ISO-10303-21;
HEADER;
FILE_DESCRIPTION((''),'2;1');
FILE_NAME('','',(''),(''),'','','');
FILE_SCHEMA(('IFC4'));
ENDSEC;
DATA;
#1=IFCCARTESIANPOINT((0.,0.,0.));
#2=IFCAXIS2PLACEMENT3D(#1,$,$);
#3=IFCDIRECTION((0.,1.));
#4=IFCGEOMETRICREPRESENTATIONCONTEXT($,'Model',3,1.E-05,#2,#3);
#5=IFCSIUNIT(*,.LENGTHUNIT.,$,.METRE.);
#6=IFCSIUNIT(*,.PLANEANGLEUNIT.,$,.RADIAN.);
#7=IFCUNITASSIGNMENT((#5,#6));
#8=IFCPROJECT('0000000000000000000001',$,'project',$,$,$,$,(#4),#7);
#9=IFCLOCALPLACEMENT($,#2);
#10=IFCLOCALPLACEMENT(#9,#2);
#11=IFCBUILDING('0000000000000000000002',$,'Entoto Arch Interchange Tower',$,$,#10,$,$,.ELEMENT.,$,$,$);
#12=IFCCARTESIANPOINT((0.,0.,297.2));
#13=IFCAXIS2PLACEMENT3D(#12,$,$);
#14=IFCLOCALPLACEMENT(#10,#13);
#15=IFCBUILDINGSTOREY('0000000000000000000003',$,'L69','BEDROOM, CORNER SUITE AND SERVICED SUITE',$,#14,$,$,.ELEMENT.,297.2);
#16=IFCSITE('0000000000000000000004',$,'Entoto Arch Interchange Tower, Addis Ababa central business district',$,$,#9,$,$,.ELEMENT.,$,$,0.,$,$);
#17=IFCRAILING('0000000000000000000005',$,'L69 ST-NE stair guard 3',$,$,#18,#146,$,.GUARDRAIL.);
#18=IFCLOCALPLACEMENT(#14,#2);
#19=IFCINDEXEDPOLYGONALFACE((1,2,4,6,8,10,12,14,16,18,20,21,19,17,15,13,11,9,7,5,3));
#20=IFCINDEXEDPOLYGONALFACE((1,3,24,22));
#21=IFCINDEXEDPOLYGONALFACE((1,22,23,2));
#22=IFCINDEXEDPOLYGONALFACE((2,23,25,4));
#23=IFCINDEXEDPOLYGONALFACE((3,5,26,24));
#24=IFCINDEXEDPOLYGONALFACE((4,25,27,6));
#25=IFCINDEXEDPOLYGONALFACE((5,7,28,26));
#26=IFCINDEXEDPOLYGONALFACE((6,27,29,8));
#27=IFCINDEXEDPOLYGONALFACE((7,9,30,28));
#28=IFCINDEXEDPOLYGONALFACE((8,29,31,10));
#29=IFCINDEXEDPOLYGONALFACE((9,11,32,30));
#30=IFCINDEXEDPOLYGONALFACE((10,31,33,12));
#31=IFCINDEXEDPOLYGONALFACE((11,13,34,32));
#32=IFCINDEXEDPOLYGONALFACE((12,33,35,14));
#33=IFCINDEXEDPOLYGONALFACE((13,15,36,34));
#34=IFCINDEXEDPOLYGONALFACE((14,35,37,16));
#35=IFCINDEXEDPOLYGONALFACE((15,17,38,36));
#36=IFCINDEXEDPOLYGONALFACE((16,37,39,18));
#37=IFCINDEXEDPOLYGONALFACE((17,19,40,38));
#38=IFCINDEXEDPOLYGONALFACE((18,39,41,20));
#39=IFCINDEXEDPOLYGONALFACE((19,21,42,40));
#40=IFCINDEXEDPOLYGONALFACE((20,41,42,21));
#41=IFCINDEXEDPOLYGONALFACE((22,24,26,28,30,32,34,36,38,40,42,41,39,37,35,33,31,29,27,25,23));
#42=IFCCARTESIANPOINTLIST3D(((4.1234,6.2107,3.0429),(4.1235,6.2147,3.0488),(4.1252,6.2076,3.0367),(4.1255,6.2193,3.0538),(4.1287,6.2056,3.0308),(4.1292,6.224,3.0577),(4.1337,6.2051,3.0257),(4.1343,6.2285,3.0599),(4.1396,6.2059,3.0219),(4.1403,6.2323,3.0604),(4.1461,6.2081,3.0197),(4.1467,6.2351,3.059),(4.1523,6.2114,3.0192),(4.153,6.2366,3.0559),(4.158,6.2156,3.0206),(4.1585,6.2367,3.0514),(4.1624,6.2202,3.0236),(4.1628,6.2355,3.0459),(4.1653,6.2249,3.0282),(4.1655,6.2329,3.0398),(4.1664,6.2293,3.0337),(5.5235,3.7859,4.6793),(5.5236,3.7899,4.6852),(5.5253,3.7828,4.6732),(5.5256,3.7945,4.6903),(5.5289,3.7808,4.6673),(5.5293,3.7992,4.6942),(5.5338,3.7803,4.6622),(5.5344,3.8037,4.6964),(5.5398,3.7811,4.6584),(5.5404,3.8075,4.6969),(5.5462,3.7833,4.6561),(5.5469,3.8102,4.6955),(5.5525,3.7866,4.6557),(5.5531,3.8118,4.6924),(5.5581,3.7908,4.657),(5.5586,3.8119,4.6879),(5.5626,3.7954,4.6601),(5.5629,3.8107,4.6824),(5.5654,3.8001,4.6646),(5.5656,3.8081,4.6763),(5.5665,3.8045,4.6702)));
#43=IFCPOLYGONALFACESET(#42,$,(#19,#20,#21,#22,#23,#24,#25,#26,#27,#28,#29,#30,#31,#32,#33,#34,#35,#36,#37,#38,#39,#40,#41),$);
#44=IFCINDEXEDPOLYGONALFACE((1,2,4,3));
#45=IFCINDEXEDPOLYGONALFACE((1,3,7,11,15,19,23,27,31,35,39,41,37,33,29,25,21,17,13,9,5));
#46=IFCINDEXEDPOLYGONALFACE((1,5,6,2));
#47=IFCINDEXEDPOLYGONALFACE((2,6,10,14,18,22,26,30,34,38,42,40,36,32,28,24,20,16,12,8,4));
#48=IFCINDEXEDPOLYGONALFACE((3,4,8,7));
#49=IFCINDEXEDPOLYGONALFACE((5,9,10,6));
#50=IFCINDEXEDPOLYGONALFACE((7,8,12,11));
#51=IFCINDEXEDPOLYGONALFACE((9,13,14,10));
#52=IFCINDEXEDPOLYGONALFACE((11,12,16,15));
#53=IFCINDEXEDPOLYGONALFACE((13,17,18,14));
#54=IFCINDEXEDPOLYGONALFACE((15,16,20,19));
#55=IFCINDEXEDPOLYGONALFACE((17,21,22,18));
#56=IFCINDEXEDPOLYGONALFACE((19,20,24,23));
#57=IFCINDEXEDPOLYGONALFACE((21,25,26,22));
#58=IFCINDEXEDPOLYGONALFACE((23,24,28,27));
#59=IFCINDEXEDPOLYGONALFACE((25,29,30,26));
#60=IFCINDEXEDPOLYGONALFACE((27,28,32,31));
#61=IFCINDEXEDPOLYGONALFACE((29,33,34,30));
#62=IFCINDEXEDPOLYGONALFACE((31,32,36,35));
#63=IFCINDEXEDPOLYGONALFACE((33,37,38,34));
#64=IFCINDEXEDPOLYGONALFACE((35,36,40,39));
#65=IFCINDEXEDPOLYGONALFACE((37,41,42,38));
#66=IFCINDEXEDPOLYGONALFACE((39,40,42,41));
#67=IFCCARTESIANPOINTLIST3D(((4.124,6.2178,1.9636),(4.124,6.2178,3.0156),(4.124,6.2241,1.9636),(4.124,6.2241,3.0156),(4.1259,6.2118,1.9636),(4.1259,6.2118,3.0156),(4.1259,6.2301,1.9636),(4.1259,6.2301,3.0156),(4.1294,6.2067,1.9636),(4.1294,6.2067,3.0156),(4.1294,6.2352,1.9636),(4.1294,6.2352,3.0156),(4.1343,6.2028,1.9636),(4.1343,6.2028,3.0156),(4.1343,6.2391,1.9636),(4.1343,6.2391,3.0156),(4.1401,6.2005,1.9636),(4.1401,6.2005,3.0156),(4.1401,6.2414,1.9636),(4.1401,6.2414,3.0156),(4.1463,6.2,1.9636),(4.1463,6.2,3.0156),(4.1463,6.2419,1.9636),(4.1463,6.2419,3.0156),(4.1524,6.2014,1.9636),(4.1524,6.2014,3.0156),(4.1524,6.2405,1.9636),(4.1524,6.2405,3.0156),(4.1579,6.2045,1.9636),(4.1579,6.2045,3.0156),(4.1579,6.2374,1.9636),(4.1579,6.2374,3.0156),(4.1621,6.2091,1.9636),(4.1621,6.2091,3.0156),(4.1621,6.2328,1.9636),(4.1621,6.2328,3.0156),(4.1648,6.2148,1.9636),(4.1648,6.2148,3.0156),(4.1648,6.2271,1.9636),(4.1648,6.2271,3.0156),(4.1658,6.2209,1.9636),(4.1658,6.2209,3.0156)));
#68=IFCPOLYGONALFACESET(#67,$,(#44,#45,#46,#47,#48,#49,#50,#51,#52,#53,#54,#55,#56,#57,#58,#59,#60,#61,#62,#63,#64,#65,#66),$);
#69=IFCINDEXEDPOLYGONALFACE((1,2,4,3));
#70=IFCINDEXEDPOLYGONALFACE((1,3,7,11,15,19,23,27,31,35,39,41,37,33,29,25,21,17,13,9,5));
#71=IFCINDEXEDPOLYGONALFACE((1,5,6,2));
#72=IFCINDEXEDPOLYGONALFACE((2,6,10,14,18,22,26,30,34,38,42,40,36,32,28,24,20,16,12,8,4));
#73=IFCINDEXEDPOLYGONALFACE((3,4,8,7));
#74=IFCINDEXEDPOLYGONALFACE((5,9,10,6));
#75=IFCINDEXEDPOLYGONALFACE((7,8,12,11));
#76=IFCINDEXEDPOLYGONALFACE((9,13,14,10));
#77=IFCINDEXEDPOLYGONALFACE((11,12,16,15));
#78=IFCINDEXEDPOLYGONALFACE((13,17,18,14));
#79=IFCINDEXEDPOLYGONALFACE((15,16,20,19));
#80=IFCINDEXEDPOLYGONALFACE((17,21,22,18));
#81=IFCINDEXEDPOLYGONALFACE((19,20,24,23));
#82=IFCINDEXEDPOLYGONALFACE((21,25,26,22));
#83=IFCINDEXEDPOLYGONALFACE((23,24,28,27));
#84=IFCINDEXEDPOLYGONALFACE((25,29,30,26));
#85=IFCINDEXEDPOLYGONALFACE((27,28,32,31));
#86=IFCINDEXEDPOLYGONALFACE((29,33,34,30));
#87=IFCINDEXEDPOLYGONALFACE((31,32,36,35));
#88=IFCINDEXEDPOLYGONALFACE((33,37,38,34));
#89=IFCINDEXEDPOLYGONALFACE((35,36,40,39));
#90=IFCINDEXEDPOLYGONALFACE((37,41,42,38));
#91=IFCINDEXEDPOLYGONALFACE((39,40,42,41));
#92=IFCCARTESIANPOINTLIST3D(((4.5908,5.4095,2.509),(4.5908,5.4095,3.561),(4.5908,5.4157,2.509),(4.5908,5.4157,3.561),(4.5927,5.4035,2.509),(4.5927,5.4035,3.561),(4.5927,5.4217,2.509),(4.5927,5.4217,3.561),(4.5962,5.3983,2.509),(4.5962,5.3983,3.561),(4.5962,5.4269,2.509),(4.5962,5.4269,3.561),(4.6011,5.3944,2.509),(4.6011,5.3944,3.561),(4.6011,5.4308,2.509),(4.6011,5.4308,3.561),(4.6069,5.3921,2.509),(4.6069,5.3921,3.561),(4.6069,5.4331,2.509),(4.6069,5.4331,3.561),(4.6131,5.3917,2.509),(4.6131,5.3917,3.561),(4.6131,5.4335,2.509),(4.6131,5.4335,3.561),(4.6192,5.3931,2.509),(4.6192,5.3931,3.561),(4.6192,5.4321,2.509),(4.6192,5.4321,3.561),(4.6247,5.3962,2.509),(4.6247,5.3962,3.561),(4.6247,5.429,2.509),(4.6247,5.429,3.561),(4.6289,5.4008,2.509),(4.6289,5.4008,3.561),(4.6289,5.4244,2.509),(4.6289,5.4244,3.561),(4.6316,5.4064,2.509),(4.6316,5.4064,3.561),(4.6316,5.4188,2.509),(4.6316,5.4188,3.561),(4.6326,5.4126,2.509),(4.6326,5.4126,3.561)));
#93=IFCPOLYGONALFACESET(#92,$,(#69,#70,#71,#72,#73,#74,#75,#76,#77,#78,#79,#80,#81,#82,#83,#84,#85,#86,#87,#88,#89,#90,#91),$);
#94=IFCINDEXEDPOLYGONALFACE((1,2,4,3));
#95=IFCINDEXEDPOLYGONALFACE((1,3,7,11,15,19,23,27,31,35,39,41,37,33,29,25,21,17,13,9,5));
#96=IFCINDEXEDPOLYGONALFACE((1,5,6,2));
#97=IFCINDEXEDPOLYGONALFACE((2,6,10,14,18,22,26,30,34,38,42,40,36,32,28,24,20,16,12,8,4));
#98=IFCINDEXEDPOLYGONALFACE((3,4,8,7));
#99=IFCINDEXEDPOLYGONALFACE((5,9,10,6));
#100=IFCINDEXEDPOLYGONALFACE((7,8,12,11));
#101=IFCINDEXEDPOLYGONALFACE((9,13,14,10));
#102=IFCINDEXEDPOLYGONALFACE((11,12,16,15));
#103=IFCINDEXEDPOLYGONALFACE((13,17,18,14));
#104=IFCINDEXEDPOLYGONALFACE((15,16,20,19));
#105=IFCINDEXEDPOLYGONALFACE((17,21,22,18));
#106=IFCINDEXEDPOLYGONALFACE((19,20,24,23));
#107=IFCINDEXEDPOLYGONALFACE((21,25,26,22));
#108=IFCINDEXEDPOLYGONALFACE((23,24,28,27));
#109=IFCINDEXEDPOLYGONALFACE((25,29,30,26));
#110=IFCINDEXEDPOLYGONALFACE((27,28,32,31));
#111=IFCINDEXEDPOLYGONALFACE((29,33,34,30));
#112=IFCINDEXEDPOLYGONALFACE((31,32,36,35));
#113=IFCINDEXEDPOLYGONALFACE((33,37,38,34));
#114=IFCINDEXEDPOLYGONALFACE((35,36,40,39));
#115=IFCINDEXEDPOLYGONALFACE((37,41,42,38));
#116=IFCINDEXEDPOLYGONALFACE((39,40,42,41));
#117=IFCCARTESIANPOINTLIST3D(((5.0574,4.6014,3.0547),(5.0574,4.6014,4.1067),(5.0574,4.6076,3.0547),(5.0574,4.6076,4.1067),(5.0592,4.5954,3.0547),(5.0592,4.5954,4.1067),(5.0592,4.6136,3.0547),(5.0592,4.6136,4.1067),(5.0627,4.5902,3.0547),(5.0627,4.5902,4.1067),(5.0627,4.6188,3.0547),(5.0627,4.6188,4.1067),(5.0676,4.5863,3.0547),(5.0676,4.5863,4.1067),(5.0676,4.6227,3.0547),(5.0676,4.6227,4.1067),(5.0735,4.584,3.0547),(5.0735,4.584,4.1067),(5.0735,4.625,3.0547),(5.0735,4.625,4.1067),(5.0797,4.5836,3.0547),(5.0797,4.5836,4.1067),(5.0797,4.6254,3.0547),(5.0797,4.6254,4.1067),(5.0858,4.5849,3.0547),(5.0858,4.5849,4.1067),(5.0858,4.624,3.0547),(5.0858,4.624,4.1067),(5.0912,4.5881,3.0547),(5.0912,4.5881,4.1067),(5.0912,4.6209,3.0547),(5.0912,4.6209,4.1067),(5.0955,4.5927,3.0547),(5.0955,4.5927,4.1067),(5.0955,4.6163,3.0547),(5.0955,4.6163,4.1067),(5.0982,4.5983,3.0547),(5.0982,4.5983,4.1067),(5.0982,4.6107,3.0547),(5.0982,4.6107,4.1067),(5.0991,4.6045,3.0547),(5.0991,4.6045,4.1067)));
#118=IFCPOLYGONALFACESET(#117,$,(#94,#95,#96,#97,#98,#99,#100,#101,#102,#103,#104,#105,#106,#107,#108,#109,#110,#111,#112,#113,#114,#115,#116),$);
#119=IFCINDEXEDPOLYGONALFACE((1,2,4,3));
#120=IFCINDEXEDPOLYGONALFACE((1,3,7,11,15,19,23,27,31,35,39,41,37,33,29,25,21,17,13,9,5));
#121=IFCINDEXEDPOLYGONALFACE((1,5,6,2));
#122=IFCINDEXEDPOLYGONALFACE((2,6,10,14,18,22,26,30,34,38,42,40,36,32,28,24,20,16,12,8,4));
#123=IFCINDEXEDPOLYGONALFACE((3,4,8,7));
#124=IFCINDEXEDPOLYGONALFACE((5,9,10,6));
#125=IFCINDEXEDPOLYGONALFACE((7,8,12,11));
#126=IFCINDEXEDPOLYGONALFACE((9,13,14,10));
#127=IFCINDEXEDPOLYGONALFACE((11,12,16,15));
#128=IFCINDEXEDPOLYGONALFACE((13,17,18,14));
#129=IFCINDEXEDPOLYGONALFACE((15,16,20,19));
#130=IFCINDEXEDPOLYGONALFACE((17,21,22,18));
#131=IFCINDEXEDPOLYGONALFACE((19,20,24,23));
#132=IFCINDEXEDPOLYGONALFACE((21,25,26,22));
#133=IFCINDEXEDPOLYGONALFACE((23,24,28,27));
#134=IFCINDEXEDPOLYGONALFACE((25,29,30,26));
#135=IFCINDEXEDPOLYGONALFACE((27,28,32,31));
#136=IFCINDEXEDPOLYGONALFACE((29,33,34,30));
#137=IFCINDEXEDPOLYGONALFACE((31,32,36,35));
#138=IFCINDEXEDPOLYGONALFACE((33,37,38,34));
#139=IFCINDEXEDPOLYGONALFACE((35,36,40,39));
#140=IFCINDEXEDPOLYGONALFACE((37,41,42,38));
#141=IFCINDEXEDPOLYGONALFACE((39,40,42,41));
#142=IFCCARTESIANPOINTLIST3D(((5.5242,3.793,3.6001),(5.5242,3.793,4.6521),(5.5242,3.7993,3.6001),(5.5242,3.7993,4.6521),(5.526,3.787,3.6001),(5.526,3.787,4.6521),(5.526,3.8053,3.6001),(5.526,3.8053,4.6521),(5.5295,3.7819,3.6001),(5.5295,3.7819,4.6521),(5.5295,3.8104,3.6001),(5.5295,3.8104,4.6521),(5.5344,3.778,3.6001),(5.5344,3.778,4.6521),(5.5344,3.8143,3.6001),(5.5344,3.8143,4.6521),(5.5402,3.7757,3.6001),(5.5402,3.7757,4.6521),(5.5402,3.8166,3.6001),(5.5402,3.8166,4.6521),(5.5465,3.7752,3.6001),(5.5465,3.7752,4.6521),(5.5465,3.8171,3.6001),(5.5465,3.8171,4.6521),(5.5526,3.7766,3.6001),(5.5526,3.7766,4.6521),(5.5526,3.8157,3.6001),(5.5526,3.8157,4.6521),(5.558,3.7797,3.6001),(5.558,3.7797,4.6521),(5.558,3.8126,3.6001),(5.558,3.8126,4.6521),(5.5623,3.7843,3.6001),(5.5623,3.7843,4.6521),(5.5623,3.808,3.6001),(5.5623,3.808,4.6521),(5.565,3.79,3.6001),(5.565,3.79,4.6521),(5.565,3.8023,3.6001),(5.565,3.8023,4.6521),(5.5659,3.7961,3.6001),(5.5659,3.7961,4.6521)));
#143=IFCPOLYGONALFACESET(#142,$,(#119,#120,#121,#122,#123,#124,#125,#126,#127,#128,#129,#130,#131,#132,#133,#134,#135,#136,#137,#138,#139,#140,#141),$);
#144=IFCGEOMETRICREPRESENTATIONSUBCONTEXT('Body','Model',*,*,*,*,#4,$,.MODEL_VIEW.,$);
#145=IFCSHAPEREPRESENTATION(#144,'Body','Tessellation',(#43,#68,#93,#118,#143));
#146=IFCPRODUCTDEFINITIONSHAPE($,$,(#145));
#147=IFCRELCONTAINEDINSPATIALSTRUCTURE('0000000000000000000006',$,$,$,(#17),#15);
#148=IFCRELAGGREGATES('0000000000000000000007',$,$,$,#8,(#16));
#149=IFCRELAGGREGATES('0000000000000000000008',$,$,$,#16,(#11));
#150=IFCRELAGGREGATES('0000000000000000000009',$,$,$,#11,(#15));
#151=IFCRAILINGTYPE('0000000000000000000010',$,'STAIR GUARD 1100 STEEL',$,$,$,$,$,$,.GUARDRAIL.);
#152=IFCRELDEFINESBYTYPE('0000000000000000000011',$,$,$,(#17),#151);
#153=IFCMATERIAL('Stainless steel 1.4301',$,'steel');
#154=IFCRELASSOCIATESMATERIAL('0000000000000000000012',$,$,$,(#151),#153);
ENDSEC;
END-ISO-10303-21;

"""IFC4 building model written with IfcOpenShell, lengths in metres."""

from ifc_helpers import new_model, si_unit, direction, frame, origin, origin_2d, place, context, subcontext, project, spatial, circle, extrude, material, type_object, element, save


model = new_model("IFC4")

# Units and contexts
model_context = context("Model", 3, precision=1e-05, world=origin(), true_north=direction((0.0, 1.0)))
body_context = subcontext(model_context, "Body", "Model", "MODEL_VIEW")
ifc_project = project(units=[si_unit("LENGTHUNIT", "METRE"), si_unit("PLANEANGLEUNIT", "RADIAN")], contexts=[model_context])

# Site, building, storey
site_placement = place(None, origin())
site = spatial("IfcSite", under=ifc_project, at=site_placement, Name="Entoto Arch Interchange Tower, Addis Ababa central business district", CompositionType="ELEMENT", RefElevation=0.0)
building_placement = place(site_placement, origin())
building = spatial("IfcBuilding", under=site, at=building_placement, Name="Entoto Arch Interchange Tower", CompositionType="ELEMENT")
storey_placement = place(building_placement, frame((0.0, 0.0, 297.2)))
storey = spatial("IfcBuildingStorey", under=building, at=storey_placement, Name="L69", Description="BEDROOM, CORNER SUITE AND SERVICED SUITE", CompositionType="ELEMENT", Elevation=297.2)

# Railing
ifc_material_1 = material(Name="Stainless steel 1.4301", Category="steel")
railing_type = type_object("IfcRailingType", Name="STAIR GUARD 1100 STEEL", PredefinedType="GUARDRAIL", material=ifc_material_1)
railing_1_placement = place(storey_placement, frame((4.1448, 6.2209, 1.9636)))
element("IfcRailing", 1, at=railing_1_placement, inside=storey, type_object=railing_type, Name="L69 ST-NE stair guard 3", PredefinedType="GUARDRAIL", context=body_context, shape_type="SweptSolid", body=[
    extrude(circle(Radius=0.0239, at=origin_2d()), frame((0.0, 0.0, 1.0762), z_axis=(0.431722, -0.747666, 0.504591), x_axis=(0.865997, 0.50005, 0.0)), (0.0, 0.0, 1.0), 3.2432),
    extrude(circle(Radius=0.021, at=origin_2d()), origin(), (0.0, 0.0, 1.0), 1.052),
    extrude(circle(Radius=0.021, at=origin_2d()), frame((0.4668, -0.8083, 0.5454)), (0.0, 0.0, 1.0), 1.052),
    extrude(circle(Radius=0.021, at=origin_2d()), frame((0.9333, -1.6165, 1.0911)), (0.0, 0.0, 1.0), 1.052),
    extrude(circle(Radius=0.021, at=origin_2d()), frame((1.4001, -2.4248, 1.6365)), (0.0, 0.0, 1.0), 1.052),
])

save(model, "model.ifc")
